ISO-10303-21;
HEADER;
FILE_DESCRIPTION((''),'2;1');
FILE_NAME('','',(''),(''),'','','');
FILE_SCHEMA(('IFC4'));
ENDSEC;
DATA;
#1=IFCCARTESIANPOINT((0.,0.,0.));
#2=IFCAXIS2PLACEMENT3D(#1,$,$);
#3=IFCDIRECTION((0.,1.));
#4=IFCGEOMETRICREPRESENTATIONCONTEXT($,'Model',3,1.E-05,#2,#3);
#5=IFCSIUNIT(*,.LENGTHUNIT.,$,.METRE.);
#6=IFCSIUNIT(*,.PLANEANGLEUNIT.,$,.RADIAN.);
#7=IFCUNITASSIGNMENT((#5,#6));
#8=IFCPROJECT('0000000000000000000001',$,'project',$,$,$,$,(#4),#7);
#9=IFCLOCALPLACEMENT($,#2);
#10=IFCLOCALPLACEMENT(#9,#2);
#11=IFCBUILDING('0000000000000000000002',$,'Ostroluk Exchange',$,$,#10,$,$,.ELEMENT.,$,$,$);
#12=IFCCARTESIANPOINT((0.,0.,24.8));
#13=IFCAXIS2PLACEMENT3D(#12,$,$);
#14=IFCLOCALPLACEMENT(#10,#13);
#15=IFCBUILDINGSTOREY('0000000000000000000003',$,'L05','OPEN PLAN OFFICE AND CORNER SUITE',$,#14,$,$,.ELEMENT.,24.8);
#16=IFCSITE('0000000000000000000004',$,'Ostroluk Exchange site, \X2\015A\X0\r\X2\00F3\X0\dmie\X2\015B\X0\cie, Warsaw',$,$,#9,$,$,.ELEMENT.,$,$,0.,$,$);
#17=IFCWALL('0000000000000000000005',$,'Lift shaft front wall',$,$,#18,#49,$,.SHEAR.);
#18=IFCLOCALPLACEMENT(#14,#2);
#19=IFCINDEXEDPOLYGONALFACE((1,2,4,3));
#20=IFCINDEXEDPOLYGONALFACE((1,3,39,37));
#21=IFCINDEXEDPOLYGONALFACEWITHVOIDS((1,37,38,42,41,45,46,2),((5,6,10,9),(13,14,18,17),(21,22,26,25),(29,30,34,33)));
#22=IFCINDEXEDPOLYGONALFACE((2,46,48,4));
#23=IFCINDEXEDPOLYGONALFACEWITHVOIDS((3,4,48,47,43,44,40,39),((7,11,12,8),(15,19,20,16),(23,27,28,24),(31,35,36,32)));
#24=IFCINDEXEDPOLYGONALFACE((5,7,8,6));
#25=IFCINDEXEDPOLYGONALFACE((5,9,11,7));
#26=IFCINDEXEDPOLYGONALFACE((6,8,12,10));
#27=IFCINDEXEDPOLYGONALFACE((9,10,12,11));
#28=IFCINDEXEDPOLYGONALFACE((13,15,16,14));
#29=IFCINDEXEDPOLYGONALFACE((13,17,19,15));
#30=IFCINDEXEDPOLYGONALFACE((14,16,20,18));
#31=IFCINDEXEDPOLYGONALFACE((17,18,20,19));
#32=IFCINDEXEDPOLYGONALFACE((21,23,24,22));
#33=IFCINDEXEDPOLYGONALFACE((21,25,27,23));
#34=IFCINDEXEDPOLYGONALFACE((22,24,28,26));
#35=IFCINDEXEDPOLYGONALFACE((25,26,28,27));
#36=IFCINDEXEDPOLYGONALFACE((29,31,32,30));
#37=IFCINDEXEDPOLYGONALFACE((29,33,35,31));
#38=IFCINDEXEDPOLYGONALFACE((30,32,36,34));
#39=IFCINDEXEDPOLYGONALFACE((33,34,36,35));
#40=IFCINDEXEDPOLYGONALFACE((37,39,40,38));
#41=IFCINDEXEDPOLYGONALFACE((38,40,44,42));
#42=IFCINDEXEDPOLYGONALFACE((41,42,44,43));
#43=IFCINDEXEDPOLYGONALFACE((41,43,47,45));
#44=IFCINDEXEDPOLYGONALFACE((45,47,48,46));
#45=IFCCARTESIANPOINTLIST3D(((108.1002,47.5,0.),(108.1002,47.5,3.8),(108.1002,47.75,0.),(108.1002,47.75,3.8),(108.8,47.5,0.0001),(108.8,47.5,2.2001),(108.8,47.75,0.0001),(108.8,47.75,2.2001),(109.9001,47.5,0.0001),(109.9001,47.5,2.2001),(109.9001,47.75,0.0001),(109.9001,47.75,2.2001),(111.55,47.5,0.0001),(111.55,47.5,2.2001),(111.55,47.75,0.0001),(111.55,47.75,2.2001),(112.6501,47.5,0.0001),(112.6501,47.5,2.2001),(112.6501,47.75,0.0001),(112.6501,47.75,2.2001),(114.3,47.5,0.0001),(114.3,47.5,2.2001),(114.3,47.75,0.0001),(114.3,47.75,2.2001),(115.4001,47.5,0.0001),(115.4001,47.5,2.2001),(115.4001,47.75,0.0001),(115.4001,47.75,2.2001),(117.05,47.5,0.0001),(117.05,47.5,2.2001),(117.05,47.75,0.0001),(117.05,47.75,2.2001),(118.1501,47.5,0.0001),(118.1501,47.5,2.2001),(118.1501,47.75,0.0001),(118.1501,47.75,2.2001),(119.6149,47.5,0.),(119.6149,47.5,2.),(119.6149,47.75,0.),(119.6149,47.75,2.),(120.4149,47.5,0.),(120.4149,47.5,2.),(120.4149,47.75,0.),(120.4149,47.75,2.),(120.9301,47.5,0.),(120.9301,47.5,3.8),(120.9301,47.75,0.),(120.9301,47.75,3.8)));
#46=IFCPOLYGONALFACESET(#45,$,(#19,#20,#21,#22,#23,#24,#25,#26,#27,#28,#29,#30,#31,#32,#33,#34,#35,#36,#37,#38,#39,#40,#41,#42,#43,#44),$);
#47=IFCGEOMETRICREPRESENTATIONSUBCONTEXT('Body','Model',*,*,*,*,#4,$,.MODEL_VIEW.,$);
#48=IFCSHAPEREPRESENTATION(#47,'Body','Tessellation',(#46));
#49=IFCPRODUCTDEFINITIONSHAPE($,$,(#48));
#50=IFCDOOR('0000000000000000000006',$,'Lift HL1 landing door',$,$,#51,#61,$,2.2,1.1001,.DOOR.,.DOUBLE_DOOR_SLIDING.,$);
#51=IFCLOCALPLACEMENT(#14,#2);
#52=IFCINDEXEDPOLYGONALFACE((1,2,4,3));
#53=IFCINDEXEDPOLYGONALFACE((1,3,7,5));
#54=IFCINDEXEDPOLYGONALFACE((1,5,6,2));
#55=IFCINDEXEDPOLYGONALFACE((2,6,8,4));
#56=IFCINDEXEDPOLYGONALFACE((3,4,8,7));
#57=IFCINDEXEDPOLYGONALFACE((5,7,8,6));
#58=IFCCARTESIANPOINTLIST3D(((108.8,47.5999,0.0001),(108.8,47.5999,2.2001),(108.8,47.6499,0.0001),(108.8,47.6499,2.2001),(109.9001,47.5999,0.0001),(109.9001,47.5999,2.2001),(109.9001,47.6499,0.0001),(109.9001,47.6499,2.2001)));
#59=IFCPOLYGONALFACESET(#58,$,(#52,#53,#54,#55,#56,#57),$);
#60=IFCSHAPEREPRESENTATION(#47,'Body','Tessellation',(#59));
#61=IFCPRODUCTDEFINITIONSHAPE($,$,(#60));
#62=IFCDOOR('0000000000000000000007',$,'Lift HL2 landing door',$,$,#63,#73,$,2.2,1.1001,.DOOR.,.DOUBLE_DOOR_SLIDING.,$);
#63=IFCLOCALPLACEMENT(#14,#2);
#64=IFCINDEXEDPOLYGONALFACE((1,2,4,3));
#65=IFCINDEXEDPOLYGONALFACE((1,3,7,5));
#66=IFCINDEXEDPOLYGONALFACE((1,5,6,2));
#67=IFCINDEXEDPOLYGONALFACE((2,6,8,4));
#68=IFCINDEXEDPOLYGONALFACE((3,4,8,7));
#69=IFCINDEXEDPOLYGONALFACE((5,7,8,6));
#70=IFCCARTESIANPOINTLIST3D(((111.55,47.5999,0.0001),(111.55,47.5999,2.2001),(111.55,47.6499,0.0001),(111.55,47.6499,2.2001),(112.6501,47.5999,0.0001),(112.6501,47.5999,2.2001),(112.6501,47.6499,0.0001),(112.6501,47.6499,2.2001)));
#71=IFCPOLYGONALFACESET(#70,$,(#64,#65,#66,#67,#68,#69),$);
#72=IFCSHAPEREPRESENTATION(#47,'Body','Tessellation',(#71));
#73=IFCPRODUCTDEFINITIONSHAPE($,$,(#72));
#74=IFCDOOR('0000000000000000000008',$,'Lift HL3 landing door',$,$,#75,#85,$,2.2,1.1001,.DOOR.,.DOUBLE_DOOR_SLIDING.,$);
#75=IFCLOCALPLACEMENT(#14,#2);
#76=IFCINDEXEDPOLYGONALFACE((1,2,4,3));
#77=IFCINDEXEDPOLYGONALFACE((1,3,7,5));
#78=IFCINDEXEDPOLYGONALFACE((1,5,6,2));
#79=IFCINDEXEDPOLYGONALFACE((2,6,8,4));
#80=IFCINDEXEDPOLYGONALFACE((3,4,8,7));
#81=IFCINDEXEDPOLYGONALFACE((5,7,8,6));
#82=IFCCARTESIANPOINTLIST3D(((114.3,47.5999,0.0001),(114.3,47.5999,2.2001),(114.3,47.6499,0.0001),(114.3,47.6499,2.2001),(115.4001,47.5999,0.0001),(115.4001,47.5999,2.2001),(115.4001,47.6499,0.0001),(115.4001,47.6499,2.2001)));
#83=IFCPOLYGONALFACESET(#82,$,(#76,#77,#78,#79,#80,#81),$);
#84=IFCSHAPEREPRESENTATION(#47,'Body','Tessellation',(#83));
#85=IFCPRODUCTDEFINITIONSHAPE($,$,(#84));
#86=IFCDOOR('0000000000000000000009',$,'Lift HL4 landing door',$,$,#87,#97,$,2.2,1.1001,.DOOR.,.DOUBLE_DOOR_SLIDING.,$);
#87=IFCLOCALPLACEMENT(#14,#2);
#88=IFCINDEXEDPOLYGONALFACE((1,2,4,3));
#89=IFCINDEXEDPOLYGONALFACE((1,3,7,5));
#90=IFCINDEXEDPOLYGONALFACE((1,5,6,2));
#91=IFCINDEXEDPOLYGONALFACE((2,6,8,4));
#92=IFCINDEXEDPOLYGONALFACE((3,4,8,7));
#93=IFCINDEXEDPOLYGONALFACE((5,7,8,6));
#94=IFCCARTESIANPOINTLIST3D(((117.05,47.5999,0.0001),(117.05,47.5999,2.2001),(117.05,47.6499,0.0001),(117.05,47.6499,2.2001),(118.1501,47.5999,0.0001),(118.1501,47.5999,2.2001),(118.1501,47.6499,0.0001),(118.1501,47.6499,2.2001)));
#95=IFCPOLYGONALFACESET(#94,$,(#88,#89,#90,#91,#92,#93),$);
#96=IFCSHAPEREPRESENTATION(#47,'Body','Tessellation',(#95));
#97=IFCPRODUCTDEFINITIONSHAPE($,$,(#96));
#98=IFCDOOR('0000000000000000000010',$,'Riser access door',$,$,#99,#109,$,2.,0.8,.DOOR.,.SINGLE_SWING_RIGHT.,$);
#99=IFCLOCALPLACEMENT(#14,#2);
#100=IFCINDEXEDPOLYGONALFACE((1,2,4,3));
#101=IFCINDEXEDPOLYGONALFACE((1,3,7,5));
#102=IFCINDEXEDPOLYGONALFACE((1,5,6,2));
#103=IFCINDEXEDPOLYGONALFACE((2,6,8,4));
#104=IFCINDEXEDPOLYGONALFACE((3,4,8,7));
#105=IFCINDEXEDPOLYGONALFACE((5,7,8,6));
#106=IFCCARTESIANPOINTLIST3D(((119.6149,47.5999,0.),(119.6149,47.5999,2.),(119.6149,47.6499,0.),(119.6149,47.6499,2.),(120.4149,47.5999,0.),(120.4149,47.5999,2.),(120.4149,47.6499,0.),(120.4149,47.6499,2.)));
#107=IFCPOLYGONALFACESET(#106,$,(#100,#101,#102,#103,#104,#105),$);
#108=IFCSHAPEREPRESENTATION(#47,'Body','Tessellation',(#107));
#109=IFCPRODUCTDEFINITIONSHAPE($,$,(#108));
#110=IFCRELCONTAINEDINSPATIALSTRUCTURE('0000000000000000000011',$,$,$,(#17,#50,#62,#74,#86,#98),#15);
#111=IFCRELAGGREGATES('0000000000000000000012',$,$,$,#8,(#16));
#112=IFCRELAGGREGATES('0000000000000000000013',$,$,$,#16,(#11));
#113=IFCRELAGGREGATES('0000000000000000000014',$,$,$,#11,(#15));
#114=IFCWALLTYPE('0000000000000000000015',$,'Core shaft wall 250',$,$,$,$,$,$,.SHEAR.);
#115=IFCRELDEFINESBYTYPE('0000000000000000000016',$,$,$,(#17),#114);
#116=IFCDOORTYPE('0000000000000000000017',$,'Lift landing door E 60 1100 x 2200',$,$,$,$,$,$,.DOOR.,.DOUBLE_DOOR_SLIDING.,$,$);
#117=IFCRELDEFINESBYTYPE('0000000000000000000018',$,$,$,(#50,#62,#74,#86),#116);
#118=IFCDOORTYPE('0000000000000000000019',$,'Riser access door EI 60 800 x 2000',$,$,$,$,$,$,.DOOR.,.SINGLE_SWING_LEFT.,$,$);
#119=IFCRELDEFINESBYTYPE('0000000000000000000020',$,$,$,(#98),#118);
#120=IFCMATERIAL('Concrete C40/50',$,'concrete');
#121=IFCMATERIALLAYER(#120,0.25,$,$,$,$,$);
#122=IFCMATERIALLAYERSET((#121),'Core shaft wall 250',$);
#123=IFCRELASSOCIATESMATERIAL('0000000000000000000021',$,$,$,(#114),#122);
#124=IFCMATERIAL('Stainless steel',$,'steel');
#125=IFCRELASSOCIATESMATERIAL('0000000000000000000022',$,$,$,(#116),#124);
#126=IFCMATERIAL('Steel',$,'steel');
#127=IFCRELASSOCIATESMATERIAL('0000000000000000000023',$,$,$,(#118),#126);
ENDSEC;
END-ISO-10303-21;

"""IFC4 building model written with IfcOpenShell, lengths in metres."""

from ifc_helpers import new_model, si_unit, direction, frame, frame_2d, origin, place, context, subcontext, project, spatial, rectangle, extrude, material, layer, layer_set, type_object, element, fill, save


model = new_model("IFC4")

# Units and contexts
model_context = context("Model", 3, precision=1e-05, world=origin(), true_north=direction((0.0, 1.0)))
body_context = subcontext(model_context, "Body", "Model", "MODEL_VIEW")
ifc_project = project(units=[si_unit("LENGTHUNIT", "METRE"), si_unit("PLANEANGLEUNIT", "RADIAN")], contexts=[model_context])

# Site, building, storey
site_placement = place(None, origin())
site = spatial("IfcSite", under=ifc_project, at=site_placement, Name="Ostroluk Exchange site, Śródmieście, Warsaw", CompositionType="ELEMENT", RefElevation=0.0)
building_placement = place(site_placement, origin())
building = spatial("IfcBuilding", under=site, at=building_placement, Name="Ostroluk Exchange", CompositionType="ELEMENT")
storey_placement = place(building_placement, frame((0.0, 0.0, 24.8)))
storey = spatial("IfcBuildingStorey", under=building, at=storey_placement, Name="L05", Description="OPEN PLAN OFFICE AND CORNER SUITE", CompositionType="ELEMENT", Elevation=24.8)

# Shared definitions
ifc_material_1 = material(Name="Concrete C40/50", Category="concrete")
ifc_layer_1 = layer(ifc_material_1, 0.25)
ifc_layer_set_1 = layer_set([ifc_layer_1], Name="Core shaft wall 250")
wall_type_1 = type_object("IfcWallType", Name="Core shaft wall 250", PredefinedType="SHEAR", material=ifc_layer_set_1)

# Wall, openings, doors
wall_1_placement = place(storey_placement, frame((108.1001, 47.625, 0.0), z_axis=(0.0, 0.0, 1.0), x_axis=(1.0, 0.0, 0.0)))
wall_1 = element("IfcWall", 1, at=wall_1_placement, inside=storey, type_object=wall_type_1, Name="Lift shaft front wall", PredefinedType="SHEAR", context=body_context, shape_type="SweptSolid", body=[
    extrude(rectangle(XDim=12.8298, YDim=0.25, at=frame_2d((6.415, 0.0))), origin(), (0.0, 0.0, 1.0), 3.8),
])
opening_1_placement = place(wall_1_placement, frame((0.7, 0.0, 0.0)))
opening_1 = element("IfcOpeningElement", 2, at=opening_1_placement, cuts=wall_1, PredefinedType="OPENING", context=body_context, shape_type="SweptSolid", body=[
    extrude(rectangle(XDim=1.1001, YDim=2.2, at=frame_2d((0.55, 1.1001))), frame((0.0, 0.135, 0.0), z_axis=(0.0, -1.0, 0.0), x_axis=(1.0, 0.0, 0.0)), (0.0, 0.0, 1.0), 0.27),
])
opening_2_placement = place(wall_1_placement, frame((3.45, 0.0, 0.0)))
opening_2 = element("IfcOpeningElement", 3, at=opening_2_placement, cuts=wall_1, PredefinedType="OPENING", context=body_context, shape_type="SweptSolid", body=[
    extrude(rectangle(XDim=1.1001, YDim=2.2, at=frame_2d((0.55, 1.1001))), frame((0.0, 0.135, 0.0), z_axis=(0.0, -1.0, 0.0), x_axis=(1.0, 0.0, 0.0)), (0.0, 0.0, 1.0), 0.27),
])
opening_3_placement = place(wall_1_placement, frame((6.2, 0.0, 0.0)))
opening_3 = element("IfcOpeningElement", 4, at=opening_3_placement, cuts=wall_1, PredefinedType="OPENING", context=body_context, shape_type="SweptSolid", body=[
    extrude(rectangle(XDim=1.1001, YDim=2.2, at=frame_2d((0.55, 1.1001))), frame((0.0, 0.135, 0.0), z_axis=(0.0, -1.0, 0.0), x_axis=(1.0, 0.0, 0.0)), (0.0, 0.0, 1.0), 0.27),
])
opening_4_placement = place(wall_1_placement, frame((8.95, 0.0, 0.0)))
opening_4 = element("IfcOpeningElement", 5, at=opening_4_placement, cuts=wall_1, PredefinedType="OPENING", context=body_context, shape_type="SweptSolid", body=[
    extrude(rectangle(XDim=1.1001, YDim=2.2, at=frame_2d((0.55, 1.1001))), frame((0.0, 0.135, 0.0), z_axis=(0.0, -1.0, 0.0), x_axis=(1.0, 0.0, 0.0)), (0.0, 0.0, 1.0), 0.27),
])
opening_5_placement = place(wall_1_placement, frame((11.5149, 0.0, 0.0)))
opening_5 = element("IfcOpeningElement", 6, at=opening_5_placement, cuts=wall_1, PredefinedType="OPENING", context=body_context, shape_type="SweptSolid", body=[
    extrude(rectangle(XDim=0.8, YDim=2.0, at=frame_2d((0.3999, 1.0))), frame((0.0, 0.135, 0.0), z_axis=(0.0, -1.0, 0.0), x_axis=(1.0, 0.0, 0.0)), (0.0, 0.0, 1.0), 0.27),
])
ifc_material_2 = material(Name="Stainless steel", Category="steel")
door_type_1 = type_object("IfcDoorType", Name="Lift landing door E 60 1100 x 2200", OperationType="DOUBLE_DOOR_SLIDING", PredefinedType="DOOR", material=ifc_material_2)
door_1_placement = place(opening_1_placement, origin())
door_1 = element("IfcDoor", 7, at=door_1_placement, inside=storey, type_object=door_type_1, Name="Lift HL1 landing door", OperationType="DOUBLE_DOOR_SLIDING", OverallHeight=2.2, OverallWidth=1.1001, PredefinedType="DOOR", context=body_context, shape_type="SweptSolid", body=[
    extrude(rectangle(XDim=1.1001, YDim=2.2, at=frame_2d((0.55, 1.1001))), frame((0.0, 0.0249, 0.0), z_axis=(0.0, -1.0, 0.0), x_axis=(1.0, 0.0, 0.0)), (0.0, 0.0, 1.0), 0.05),
])
fill(opening_1, door_1)
door_2_placement = place(opening_2_placement, origin())
door_2 = element("IfcDoor", 8, at=door_2_placement, inside=storey, type_object=door_type_1, Name="Lift HL2 landing door", OperationType="DOUBLE_DOOR_SLIDING", OverallHeight=2.2, OverallWidth=1.1001, PredefinedType="DOOR", context=body_context, shape_type="SweptSolid", body=[
    extrude(rectangle(XDim=1.1001, YDim=2.2, at=frame_2d((0.55, 1.1001))), frame((0.0, 0.0249, 0.0), z_axis=(0.0, -1.0, 0.0), x_axis=(1.0, 0.0, 0.0)), (0.0, 0.0, 1.0), 0.05),
])
fill(opening_2, door_2)
door_3_placement = place(opening_3_placement, origin())
door_3 = element("IfcDoor", 9, at=door_3_placement, inside=storey, type_object=door_type_1, Name="Lift HL3 landing door", OperationType="DOUBLE_DOOR_SLIDING", OverallHeight=2.2, OverallWidth=1.1001, PredefinedType="DOOR", context=body_context, shape_type="SweptSolid", body=[
    extrude(rectangle(XDim=1.1001, YDim=2.2, at=frame_2d((0.55, 1.1001))), frame((0.0, 0.0249, 0.0), z_axis=(0.0, -1.0, 0.0), x_axis=(1.0, 0.0, 0.0)), (0.0, 0.0, 1.0), 0.05),
])
fill(opening_3, door_3)
door_4_placement = place(opening_4_placement, origin())
door_4 = element("IfcDoor", 10, at=door_4_placement, inside=storey, type_object=door_type_1, Name="Lift HL4 landing door", OperationType="DOUBLE_DOOR_SLIDING", OverallHeight=2.2, OverallWidth=1.1001, PredefinedType="DOOR", context=body_context, shape_type="SweptSolid", body=[
    extrude(rectangle(XDim=1.1001, YDim=2.2, at=frame_2d((0.55, 1.1001))), frame((0.0, 0.0249, 0.0), z_axis=(0.0, -1.0, 0.0), x_axis=(1.0, 0.0, 0.0)), (0.0, 0.0, 1.0), 0.05),
])
fill(opening_4, door_4)
ifc_material_3 = material(Name="Steel", Category="steel")
door_type_2 = type_object("IfcDoorType", Name="Riser access door EI 60 800 x 2000", OperationType="SINGLE_SWING_LEFT", PredefinedType="DOOR", material=ifc_material_3)
door_5_placement = place(opening_5_placement, origin())
door_5 = element("IfcDoor", 11, at=door_5_placement, inside=storey, type_object=door_type_2, Name="Riser access door", OperationType="SINGLE_SWING_RIGHT", OverallHeight=2.0, OverallWidth=0.8, PredefinedType="DOOR", context=body_context, shape_type="SweptSolid", body=[
    extrude(rectangle(XDim=0.8, YDim=2.0, at=frame_2d((0.3999, 1.0))), frame((0.0, 0.0249, 0.0), z_axis=(0.0, -1.0, 0.0), x_axis=(1.0, 0.0, 0.0)), (0.0, 0.0, 1.0), 0.05),
])
fill(opening_5, door_5)

save(model, "model.ifc")
